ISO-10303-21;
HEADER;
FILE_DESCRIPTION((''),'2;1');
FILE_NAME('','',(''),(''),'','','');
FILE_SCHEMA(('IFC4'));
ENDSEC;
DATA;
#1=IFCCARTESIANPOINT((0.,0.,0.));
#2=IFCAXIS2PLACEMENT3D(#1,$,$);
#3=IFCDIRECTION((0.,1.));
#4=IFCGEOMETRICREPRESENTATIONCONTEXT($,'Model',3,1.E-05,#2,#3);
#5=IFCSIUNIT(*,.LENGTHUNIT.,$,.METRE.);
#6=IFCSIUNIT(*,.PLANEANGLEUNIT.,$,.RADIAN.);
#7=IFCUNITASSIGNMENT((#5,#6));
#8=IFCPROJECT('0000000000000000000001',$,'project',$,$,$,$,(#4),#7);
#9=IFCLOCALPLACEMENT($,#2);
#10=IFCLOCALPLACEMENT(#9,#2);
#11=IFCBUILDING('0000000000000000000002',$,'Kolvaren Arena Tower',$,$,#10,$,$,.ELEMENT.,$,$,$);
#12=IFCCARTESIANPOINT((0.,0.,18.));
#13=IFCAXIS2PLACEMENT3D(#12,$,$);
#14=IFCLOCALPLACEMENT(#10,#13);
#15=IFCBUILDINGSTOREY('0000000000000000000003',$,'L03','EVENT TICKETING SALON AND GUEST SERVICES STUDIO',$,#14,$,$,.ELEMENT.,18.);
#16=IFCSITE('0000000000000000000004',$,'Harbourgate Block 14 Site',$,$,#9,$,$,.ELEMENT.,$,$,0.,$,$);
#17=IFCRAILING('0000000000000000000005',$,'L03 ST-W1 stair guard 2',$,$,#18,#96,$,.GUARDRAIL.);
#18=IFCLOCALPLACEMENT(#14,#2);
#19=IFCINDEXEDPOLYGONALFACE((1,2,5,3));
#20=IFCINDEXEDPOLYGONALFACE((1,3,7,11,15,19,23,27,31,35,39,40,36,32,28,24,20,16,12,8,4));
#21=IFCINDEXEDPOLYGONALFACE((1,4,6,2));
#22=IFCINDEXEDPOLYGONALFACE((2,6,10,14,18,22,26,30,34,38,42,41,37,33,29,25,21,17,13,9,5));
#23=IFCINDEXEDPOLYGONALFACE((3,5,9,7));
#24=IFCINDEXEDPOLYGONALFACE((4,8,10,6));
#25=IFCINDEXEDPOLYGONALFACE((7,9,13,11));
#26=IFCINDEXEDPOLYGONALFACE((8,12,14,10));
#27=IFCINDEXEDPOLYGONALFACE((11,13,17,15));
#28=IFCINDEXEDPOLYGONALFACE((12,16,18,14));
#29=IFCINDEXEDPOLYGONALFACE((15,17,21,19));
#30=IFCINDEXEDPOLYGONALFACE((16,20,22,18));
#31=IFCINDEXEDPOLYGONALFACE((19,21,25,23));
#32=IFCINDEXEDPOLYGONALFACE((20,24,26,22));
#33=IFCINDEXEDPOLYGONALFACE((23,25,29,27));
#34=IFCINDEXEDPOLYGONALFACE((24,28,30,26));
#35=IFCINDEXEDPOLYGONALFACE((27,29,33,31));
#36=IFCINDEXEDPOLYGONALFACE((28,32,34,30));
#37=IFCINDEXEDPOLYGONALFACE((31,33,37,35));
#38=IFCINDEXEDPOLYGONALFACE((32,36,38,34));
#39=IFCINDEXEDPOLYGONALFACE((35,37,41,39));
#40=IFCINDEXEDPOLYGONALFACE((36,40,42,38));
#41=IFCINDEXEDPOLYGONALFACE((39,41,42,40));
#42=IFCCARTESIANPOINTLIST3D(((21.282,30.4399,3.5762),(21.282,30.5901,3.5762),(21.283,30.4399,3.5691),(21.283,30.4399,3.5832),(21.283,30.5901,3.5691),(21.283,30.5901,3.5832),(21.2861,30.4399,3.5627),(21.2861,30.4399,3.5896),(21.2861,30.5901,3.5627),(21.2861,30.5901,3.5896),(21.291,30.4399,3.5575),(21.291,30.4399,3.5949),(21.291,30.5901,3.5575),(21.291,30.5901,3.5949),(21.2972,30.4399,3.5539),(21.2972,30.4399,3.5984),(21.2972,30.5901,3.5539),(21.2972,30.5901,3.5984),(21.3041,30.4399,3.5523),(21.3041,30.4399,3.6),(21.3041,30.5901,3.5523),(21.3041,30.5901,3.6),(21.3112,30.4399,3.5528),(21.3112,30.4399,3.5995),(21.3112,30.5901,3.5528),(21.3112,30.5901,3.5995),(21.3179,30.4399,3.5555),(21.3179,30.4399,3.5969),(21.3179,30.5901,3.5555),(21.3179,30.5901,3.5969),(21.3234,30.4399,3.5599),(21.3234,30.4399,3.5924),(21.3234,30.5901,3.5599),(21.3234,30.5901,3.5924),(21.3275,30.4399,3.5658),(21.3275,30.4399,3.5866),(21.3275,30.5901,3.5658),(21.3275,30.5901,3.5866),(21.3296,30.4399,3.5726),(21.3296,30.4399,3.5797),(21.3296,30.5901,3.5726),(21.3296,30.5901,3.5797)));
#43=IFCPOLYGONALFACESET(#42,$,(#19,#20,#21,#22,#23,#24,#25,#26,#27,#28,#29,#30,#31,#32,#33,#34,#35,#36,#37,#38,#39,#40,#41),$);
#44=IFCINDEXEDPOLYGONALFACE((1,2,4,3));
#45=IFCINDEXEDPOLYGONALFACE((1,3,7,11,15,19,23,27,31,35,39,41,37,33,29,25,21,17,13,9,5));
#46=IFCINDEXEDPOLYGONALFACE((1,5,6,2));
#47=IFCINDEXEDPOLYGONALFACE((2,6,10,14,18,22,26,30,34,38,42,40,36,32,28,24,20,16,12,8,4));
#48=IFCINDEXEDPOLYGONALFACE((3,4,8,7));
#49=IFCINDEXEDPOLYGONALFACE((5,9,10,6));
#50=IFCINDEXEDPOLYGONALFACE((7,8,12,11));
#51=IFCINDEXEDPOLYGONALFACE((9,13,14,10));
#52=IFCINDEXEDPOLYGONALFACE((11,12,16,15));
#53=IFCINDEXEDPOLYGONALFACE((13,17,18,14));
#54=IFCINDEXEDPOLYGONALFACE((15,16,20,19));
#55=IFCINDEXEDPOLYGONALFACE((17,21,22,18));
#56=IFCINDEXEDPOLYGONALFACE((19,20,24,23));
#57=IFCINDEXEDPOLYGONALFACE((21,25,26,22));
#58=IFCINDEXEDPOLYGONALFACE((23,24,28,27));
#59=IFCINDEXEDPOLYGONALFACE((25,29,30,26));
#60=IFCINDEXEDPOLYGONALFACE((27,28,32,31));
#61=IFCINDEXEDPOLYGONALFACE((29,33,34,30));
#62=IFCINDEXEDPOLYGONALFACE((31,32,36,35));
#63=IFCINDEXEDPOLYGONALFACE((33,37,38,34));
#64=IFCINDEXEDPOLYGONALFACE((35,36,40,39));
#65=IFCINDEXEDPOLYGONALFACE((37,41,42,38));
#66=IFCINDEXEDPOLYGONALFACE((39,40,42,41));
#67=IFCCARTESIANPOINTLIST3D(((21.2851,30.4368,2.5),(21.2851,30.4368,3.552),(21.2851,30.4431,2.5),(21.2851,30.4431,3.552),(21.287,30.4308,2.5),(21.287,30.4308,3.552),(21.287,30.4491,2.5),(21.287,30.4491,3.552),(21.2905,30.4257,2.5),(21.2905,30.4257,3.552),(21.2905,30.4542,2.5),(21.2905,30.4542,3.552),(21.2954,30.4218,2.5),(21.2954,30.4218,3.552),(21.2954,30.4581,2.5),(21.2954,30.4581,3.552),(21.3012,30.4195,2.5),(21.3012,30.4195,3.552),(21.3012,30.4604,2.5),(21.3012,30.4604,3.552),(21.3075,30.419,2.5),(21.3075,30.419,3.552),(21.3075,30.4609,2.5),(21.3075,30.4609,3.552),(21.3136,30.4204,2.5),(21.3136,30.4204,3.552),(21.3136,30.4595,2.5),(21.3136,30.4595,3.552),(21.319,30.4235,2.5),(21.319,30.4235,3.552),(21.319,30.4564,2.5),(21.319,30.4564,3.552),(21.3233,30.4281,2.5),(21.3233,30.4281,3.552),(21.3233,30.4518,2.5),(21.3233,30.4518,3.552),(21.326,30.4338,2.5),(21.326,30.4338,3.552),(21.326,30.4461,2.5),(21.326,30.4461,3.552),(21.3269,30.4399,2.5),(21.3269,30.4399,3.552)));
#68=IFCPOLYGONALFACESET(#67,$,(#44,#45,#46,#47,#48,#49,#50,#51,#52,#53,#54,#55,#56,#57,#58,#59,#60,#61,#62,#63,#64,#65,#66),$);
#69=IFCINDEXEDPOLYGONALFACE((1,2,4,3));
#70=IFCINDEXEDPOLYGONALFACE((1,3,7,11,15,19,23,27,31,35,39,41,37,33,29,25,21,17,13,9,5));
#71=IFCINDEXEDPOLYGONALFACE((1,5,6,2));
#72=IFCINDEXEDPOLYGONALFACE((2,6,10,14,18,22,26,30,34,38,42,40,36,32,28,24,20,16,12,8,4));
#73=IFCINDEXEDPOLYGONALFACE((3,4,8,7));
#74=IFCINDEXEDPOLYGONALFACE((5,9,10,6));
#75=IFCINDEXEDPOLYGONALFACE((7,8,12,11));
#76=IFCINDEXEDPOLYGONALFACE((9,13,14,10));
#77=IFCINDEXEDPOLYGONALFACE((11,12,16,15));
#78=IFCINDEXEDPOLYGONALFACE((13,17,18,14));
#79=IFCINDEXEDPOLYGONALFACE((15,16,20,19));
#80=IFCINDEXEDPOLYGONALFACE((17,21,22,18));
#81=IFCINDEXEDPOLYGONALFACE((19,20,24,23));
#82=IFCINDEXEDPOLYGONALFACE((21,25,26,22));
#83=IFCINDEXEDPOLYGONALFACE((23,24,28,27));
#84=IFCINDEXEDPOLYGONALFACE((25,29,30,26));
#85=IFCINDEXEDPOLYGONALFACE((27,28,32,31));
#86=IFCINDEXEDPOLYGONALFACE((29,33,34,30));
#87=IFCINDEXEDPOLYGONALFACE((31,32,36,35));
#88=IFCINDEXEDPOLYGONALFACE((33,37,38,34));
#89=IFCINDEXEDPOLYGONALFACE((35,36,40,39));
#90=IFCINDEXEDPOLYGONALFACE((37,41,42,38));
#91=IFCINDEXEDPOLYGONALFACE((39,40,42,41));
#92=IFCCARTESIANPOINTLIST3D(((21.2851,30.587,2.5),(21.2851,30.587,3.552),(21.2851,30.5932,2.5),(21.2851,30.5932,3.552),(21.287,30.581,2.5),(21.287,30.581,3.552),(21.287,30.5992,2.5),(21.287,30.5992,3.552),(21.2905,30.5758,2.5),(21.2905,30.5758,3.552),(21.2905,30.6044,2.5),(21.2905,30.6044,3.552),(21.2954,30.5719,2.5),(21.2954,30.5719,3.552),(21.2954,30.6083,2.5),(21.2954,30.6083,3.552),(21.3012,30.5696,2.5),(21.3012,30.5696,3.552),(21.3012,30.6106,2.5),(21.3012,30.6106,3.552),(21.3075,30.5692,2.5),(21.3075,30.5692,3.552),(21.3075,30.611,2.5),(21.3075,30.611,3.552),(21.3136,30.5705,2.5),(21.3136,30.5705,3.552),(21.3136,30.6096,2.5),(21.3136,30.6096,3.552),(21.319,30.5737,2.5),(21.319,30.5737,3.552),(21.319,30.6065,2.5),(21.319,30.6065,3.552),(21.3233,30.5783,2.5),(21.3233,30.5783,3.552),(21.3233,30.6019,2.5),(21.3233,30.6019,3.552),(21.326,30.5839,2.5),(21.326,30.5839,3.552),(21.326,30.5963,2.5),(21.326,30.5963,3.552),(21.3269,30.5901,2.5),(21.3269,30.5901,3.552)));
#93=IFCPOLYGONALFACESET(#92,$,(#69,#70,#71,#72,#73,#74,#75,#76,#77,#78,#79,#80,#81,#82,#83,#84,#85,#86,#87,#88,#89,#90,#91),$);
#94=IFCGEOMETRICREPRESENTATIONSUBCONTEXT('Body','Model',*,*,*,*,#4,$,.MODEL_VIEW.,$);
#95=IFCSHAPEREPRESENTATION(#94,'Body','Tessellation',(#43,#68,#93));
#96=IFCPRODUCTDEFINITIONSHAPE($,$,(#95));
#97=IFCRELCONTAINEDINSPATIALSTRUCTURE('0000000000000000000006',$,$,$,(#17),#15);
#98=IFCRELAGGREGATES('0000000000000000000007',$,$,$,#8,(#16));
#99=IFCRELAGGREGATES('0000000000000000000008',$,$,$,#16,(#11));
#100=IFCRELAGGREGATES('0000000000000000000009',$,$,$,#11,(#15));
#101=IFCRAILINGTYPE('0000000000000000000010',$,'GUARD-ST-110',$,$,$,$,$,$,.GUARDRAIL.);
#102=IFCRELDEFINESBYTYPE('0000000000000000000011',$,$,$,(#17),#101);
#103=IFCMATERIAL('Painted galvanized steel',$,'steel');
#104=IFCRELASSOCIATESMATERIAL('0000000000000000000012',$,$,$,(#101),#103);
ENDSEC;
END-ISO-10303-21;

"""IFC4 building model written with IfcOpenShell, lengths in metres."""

from ifc_helpers import new_model, si_unit, direction, frame, origin, origin_2d, place, context, subcontext, project, spatial, circle, extrude, material, type_object, element, save


model = new_model("IFC4")

# Units and contexts
model_context = context("Model", 3, precision=1e-05, world=origin(), true_north=direction((0.0, 1.0)))
body_context = subcontext(model_context, "Body", "Model", "MODEL_VIEW")
ifc_project = project(units=[si_unit("LENGTHUNIT", "METRE"), si_unit("PLANEANGLEUNIT", "RADIAN")], contexts=[model_context])

# Site, building, storey
site_placement = place(None, origin())
site = spatial("IfcSite", under=ifc_project, at=site_placement, Name="Harbourgate Block 14 Site", CompositionType="ELEMENT", RefElevation=0.0)
building_placement = place(site_placement, origin())
building = spatial("IfcBuilding", under=site, at=building_placement, Name="Kolvaren Arena Tower", CompositionType="ELEMENT")
storey_placement = place(building_placement, frame((0.0, 0.0, 18.0)))
storey = spatial("IfcBuildingStorey", under=building, at=storey_placement, Name="L03", Description="EVENT TICKETING SALON AND GUEST SERVICES STUDIO", CompositionType="ELEMENT", Elevation=18.0)

# Railing
ifc_material_1 = material(Name="Painted galvanized steel", Category="steel")
railing_type_1 = type_object("IfcRailingType", Name="GUARD-ST-110", PredefinedType="GUARDRAIL", material=ifc_material_1)
railing_1_placement = place(storey_placement, frame((21.3059, 30.4399, 2.5)))
element("IfcRailing", 1, at=railing_1_placement, inside=storey, type_object=railing_type_1, Name="L03 ST-W1 stair guard 2", PredefinedType="GUARDRAIL", context=body_context, shape_type="SweptSolid", body=[
    extrude(circle(Radius=0.0239, at=origin_2d()), frame((0.0, 0.0, 1.0762), z_axis=(0.0, 1.0, 0.0), x_axis=(-1.0, 0.0, 0.0)), (0.0, 0.0, 1.0), 0.1501),
    extrude(circle(Radius=0.021, at=origin_2d()), origin(), (0.0, 0.0, 1.0), 1.052),
    extrude(circle(Radius=0.021, at=origin_2d()), frame((0.0, 0.1501, 0.0)), (0.0, 0.0, 1.0), 1.052),
])

save(model, "model.ifc")
